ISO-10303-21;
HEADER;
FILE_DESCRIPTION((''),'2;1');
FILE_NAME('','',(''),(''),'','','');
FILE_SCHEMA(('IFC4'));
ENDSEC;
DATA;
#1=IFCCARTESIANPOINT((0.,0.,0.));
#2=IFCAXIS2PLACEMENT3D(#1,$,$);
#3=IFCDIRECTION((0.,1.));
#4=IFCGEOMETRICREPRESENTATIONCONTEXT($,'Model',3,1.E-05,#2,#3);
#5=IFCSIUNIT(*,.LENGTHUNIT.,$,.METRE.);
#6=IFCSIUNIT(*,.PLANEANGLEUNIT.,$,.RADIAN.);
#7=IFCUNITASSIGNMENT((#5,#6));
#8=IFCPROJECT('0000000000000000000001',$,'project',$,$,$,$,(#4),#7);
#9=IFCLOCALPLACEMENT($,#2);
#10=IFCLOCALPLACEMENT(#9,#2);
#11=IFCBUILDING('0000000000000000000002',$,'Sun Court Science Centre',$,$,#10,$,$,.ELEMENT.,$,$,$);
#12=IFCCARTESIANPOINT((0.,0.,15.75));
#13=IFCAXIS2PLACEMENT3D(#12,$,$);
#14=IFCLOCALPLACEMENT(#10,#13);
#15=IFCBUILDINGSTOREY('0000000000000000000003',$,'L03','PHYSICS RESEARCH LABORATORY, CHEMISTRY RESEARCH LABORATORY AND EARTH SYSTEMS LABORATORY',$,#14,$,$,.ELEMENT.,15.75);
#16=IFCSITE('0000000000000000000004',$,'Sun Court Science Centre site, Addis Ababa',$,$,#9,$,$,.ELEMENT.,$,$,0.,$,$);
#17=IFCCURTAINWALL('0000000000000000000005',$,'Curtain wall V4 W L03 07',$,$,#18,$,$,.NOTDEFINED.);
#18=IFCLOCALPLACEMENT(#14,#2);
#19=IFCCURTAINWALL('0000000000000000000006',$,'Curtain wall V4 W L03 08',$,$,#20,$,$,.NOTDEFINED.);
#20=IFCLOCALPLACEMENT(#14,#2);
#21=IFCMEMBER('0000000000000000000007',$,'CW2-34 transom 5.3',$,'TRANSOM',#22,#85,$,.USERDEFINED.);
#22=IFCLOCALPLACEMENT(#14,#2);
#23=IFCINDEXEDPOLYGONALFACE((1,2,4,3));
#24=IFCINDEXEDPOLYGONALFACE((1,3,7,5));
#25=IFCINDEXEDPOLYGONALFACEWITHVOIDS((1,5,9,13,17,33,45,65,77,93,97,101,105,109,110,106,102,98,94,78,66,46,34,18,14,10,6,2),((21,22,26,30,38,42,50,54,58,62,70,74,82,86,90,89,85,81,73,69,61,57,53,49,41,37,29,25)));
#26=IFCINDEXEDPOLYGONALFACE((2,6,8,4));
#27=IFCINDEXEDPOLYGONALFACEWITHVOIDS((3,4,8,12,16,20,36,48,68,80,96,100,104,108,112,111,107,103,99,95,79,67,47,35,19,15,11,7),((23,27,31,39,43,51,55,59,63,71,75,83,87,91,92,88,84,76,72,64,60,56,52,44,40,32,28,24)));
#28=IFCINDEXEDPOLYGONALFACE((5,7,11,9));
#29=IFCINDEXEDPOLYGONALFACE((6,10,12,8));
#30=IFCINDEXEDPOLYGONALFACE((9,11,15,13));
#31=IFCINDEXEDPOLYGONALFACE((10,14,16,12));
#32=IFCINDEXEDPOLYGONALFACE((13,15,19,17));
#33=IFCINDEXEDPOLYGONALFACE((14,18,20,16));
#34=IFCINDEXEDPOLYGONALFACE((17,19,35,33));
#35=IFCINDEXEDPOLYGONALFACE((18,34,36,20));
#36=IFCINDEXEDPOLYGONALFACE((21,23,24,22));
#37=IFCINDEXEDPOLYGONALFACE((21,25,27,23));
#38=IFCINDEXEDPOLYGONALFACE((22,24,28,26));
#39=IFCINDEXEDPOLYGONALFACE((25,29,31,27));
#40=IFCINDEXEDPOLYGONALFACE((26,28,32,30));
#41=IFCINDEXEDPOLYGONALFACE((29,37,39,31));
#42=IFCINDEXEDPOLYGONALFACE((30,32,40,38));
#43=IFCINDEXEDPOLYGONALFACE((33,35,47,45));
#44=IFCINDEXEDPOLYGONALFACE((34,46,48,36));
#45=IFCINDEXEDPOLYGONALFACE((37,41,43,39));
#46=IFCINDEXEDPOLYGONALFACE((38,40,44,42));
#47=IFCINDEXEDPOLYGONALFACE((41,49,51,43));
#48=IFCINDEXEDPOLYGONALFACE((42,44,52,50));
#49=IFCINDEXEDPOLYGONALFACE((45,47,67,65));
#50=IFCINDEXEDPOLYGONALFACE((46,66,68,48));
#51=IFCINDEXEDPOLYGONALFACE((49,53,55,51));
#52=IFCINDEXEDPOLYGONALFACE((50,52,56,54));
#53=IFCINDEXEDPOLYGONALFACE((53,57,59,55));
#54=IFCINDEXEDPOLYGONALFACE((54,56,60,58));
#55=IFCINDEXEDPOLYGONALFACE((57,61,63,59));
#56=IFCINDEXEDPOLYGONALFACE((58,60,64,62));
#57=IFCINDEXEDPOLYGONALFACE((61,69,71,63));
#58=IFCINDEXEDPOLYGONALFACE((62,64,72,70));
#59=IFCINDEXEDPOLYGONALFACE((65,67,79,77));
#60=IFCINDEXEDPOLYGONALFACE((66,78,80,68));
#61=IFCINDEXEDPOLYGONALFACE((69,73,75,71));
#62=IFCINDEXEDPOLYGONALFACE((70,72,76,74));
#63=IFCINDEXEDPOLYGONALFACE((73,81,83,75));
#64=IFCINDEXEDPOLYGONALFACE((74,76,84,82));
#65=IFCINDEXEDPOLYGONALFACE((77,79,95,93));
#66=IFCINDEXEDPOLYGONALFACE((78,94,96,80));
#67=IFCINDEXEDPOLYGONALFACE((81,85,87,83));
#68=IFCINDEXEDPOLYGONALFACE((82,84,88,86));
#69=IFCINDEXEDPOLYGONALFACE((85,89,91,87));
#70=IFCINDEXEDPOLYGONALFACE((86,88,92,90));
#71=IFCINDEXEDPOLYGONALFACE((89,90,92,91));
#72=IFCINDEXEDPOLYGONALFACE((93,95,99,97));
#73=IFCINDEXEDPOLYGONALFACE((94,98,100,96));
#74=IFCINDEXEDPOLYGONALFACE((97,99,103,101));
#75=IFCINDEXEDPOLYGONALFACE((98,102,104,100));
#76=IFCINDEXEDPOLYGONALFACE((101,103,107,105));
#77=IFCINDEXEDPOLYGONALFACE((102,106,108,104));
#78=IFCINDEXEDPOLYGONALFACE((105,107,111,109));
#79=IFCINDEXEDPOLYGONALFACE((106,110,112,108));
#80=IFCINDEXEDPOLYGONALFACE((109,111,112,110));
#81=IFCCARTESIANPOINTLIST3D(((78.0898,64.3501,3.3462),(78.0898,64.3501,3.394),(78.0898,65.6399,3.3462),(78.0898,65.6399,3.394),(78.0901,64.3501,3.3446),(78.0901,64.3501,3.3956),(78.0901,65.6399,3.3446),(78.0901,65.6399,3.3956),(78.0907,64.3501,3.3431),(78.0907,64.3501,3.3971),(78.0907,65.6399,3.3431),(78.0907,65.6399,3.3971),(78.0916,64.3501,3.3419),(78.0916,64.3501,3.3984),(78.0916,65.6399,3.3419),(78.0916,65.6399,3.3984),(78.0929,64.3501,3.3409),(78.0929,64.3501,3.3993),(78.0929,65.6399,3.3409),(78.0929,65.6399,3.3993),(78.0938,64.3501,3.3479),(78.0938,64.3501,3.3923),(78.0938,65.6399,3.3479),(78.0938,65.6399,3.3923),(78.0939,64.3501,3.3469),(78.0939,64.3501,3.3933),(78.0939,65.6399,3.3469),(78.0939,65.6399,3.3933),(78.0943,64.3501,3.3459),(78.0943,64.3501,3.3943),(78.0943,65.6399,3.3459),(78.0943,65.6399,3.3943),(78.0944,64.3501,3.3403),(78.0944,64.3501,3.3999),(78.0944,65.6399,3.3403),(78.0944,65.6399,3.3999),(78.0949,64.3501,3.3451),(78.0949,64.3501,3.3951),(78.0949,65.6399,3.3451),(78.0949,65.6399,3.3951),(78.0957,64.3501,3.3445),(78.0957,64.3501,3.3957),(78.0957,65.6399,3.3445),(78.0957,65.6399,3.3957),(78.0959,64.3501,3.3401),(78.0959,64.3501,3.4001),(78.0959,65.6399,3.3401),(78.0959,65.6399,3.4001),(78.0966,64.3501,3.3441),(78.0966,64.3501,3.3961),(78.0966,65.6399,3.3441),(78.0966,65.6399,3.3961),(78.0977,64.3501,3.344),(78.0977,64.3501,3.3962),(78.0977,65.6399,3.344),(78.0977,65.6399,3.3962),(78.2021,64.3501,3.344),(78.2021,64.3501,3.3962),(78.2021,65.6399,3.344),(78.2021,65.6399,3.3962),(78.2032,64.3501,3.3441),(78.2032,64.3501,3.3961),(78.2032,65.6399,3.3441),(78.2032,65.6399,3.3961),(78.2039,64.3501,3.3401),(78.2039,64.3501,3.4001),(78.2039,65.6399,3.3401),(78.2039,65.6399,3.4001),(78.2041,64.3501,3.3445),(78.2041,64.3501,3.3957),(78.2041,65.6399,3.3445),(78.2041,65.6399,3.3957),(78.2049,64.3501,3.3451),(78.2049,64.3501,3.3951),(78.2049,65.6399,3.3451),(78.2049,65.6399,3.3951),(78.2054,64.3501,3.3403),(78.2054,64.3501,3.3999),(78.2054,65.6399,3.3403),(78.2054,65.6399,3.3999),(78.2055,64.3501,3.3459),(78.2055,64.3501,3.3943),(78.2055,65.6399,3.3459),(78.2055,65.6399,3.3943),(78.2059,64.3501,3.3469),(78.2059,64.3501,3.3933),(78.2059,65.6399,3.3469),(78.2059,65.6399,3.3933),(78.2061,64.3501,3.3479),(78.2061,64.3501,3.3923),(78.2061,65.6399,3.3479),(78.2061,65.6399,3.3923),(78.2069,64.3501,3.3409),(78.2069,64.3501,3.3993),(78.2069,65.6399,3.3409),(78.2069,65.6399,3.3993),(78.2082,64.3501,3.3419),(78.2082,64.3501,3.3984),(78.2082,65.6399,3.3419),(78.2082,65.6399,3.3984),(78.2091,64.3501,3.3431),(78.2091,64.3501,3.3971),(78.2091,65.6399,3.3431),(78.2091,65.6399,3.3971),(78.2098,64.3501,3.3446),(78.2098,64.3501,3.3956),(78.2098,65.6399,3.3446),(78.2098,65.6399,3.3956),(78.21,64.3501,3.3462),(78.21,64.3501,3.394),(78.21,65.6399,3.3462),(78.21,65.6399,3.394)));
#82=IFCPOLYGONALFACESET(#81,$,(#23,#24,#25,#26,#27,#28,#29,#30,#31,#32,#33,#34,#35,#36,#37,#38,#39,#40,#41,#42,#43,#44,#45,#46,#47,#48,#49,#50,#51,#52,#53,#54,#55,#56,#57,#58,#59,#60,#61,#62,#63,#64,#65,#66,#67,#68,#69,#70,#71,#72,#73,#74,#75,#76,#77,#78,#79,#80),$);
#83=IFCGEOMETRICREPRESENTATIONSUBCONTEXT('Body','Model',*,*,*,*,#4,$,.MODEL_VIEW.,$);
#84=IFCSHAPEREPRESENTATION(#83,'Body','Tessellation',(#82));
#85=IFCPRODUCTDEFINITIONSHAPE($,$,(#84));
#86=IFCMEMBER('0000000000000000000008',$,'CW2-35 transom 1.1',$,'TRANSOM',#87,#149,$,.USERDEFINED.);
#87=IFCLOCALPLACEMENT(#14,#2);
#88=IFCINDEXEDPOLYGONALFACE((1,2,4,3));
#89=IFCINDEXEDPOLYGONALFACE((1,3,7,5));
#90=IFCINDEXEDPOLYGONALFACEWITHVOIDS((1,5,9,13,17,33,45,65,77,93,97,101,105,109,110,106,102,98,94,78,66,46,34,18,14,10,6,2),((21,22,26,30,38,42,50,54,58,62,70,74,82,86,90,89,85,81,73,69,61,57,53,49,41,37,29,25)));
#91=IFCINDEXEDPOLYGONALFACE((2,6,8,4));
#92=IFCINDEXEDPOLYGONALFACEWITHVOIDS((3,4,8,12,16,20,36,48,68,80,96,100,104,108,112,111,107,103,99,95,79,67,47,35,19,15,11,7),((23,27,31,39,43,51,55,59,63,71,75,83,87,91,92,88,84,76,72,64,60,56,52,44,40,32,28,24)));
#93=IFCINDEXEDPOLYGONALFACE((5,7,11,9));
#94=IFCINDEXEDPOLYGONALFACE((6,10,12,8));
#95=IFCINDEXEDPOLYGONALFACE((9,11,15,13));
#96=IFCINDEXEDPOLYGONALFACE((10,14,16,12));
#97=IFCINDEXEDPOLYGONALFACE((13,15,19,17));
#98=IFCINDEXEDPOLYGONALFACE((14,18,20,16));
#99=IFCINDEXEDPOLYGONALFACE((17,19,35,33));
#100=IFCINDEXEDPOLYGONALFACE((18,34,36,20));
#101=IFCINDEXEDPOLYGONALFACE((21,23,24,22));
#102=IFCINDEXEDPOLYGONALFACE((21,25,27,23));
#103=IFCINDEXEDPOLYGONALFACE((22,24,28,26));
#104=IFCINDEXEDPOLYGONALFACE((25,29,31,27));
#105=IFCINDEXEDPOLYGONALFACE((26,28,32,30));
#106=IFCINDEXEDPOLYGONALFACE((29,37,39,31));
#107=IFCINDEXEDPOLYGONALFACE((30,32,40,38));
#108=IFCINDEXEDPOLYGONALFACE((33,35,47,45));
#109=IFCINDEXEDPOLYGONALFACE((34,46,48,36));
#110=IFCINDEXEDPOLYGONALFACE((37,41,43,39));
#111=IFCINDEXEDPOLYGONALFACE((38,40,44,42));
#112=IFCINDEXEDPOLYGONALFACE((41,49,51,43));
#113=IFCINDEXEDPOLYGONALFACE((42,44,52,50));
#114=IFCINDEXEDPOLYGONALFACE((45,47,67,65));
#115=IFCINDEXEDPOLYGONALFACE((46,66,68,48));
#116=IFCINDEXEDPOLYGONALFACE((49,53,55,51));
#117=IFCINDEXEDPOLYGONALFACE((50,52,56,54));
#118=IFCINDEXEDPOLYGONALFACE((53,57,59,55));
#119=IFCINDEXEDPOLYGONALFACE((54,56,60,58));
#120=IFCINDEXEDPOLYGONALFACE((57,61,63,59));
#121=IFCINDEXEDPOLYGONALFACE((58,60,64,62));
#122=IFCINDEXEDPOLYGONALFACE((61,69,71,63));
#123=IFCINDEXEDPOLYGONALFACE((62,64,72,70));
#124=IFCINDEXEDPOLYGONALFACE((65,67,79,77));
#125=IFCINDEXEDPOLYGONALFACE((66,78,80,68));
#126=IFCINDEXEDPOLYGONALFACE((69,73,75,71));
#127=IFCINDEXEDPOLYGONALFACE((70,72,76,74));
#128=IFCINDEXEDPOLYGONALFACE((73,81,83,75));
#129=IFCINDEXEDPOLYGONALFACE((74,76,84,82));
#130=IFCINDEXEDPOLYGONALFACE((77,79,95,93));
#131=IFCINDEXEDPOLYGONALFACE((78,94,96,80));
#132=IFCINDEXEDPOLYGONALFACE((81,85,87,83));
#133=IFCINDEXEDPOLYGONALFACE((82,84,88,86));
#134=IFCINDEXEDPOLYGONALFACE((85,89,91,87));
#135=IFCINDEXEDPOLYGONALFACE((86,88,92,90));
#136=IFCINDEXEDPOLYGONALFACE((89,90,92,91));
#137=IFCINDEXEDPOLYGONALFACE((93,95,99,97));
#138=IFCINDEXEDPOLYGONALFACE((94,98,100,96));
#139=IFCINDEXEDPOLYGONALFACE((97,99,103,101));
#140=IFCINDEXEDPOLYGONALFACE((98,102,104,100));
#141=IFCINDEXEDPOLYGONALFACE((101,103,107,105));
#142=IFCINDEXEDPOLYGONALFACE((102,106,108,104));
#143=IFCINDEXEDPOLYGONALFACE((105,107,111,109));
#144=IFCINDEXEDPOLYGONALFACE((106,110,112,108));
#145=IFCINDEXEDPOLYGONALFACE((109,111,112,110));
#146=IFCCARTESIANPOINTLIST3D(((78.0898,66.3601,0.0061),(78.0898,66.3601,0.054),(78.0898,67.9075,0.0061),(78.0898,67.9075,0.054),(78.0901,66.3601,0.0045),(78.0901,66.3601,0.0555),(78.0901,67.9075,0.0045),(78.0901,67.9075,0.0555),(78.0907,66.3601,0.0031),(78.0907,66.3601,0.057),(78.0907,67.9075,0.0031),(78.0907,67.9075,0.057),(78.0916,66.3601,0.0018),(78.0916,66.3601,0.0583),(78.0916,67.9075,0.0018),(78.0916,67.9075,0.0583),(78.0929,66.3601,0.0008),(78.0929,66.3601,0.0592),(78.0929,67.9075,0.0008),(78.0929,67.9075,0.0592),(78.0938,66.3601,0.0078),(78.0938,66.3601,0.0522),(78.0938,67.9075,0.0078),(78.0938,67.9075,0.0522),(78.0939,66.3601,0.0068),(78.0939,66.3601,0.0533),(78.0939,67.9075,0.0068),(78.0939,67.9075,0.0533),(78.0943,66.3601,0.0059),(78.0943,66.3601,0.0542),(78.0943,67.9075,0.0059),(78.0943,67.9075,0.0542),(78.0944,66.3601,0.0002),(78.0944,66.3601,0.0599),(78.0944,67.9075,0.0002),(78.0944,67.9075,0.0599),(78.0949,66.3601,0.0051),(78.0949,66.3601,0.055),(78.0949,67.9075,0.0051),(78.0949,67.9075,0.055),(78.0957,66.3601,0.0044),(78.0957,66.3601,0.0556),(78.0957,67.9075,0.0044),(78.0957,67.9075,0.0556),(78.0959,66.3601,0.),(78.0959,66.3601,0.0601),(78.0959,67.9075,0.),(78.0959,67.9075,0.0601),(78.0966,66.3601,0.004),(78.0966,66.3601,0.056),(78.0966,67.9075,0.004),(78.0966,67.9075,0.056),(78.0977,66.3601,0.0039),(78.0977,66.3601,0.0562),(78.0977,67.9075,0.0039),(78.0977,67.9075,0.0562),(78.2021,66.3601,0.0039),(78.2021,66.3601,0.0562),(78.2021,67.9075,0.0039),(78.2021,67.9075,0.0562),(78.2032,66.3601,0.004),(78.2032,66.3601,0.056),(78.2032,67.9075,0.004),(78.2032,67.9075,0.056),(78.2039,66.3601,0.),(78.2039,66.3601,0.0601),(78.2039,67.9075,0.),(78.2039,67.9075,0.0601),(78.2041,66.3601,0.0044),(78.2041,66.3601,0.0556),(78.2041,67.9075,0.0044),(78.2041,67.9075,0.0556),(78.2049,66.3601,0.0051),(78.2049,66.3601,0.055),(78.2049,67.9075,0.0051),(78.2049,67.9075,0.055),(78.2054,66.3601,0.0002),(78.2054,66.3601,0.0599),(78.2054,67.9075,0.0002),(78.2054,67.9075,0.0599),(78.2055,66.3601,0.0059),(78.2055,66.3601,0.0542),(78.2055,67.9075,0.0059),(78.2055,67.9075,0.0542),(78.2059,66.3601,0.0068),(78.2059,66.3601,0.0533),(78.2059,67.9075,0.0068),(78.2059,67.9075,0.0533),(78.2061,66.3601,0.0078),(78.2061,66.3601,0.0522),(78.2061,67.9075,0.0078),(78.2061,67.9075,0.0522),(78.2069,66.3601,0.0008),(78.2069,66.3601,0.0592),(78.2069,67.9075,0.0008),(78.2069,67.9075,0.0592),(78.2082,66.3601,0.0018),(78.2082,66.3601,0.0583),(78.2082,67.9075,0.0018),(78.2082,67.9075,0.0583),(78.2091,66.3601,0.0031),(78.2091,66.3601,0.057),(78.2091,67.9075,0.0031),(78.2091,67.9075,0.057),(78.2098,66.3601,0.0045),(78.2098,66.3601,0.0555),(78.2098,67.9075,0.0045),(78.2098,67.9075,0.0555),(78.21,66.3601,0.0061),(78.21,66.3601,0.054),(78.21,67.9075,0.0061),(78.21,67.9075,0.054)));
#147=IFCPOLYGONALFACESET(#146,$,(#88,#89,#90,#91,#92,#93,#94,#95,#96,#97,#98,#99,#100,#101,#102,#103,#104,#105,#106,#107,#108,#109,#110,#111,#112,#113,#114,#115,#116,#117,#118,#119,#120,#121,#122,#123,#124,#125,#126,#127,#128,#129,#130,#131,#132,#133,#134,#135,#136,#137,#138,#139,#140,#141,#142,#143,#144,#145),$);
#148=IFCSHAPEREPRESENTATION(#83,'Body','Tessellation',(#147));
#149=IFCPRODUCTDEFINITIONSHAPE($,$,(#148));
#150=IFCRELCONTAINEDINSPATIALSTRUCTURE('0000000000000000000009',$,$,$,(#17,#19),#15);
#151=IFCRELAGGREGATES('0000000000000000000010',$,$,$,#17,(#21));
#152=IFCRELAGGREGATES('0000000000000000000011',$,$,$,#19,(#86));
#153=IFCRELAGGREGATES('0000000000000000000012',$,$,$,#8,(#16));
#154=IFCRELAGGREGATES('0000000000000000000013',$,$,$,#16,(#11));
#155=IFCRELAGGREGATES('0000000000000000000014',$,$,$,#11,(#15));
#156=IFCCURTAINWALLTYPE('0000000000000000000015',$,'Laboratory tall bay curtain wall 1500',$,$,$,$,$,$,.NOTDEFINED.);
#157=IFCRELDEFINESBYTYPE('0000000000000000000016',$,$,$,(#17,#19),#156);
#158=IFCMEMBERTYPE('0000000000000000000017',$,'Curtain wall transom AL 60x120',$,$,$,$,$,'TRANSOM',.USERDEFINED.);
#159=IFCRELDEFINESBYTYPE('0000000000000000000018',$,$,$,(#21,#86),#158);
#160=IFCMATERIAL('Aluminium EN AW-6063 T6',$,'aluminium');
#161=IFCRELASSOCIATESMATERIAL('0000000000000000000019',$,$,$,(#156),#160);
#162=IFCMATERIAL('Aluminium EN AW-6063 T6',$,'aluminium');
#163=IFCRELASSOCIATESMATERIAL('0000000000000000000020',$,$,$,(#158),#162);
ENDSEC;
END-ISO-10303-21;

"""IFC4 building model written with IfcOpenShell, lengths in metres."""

from ifc_helpers import new_model, si_unit, direction, frame, origin, origin_2d, place, context, subcontext, project, spatial, hollow_rectangle, extrude, material, material_profile, profile_set, type_object, element, aggregate, save


model = new_model("IFC4")

# Units and contexts
model_context = context("Model", 3, precision=1e-05, world=origin(), true_north=direction((0.0, 1.0)))
body_context = subcontext(model_context, "Body", "Model", "MODEL_VIEW")
ifc_project = project(units=[si_unit("LENGTHUNIT", "METRE"), si_unit("PLANEANGLEUNIT", "RADIAN")], contexts=[model_context])

# Site, building, storey
site_placement = place(None, origin())
site = spatial("IfcSite", under=ifc_project, at=site_placement, Name="Sun Court Science Centre site, Addis Ababa", CompositionType="ELEMENT", RefElevation=0.0)
building_placement = place(site_placement, origin())
building = spatial("IfcBuilding", under=site, at=building_placement, Name="Sun Court Science Centre", CompositionType="ELEMENT")
storey_placement = place(building_placement, frame((0.0, 0.0, 15.75)))
storey = spatial("IfcBuildingStorey", under=building, at=storey_placement, Name="L03", Description="PHYSICS RESEARCH LABORATORY, CHEMISTRY RESEARCH LABORATORY AND EARTH SYSTEMS LABORATORY", CompositionType="ELEMENT", Elevation=15.75)

# Curtain walls
ifc_material_1 = material(Name="Aluminium EN AW-6063 T6", Category="aluminium")
curtain_wall_type = type_object("IfcCurtainWallType", Name="Laboratory tall bay curtain wall 1500", PredefinedType="NOTDEFINED", material=ifc_material_1)
curtain_wall_1_placement = place(storey_placement, origin())
curtain_wall_1 = element("IfcCurtainWall", 1, at=curtain_wall_1_placement, inside=storey, type_object=curtain_wall_type, Name="Curtain wall V4 W L03 07", PredefinedType="NOTDEFINED")
curtain_wall_2_placement = place(storey_placement, origin())
curtain_wall_2 = element("IfcCurtainWall", 2, at=curtain_wall_2_placement, inside=storey, type_object=curtain_wall_type, Name="Curtain wall V4 W L03 08", PredefinedType="NOTDEFINED")

# Members
ifc_material_2 = material(Name="Aluminium EN AW-6063 T6", Category="aluminium")
ifc_material_profile_1 = material_profile(ifc_material_2, hollow_rectangle(XDim=0.0601, YDim=0.1201, WallThickness=0.0039, InnerFilletRadius=0.0039, OuterFilletRadius=0.0061, at=origin_2d()), Name="AL 60x120x4")
ifc_profile_set_1 = profile_set([ifc_material_profile_1], Name="Aluminium EN AW-6063 T6")
member_type_1 = type_object("IfcMemberType", Name="Curtain wall transom AL 60x120", ElementType="TRANSOM", PredefinedType="USERDEFINED", material=ifc_profile_set_1)
member_1_placement = place(storey_placement, frame((78.1499, 64.3501, 3.3701), z_axis=(0.0, 1.0, 0.0), x_axis=(0.0, 0.0, 1.0)))
member_1 = element("IfcMember", 3, at=member_1_placement, type_object=member_type_1, Name="CW2-34 transom 5.3", ObjectType="TRANSOM", PredefinedType="USERDEFINED", context=body_context, shape_type="SweptSolid", body=[
    extrude(hollow_rectangle(XDim=0.0601, YDim=0.1201, WallThickness=0.0039, InnerFilletRadius=0.0039, OuterFilletRadius=0.0061, at=origin_2d()), origin(), (0.0, 0.0, 1.0), 1.2898),
])
member_2_placement = place(storey_placement, frame((78.1499, 66.3601, 0.03), z_axis=(0.0, 1.0, 0.0), x_axis=(0.0, 0.0, 1.0)))
member_2 = element("IfcMember", 4, at=member_2_placement, type_object=member_type_1, Name="CW2-35 transom 1.1", ObjectType="TRANSOM", PredefinedType="USERDEFINED", context=body_context, shape_type="SweptSolid", body=[
    extrude(hollow_rectangle(XDim=0.0601, YDim=0.1201, WallThickness=0.0039, InnerFilletRadius=0.0039, OuterFilletRadius=0.0061, at=origin_2d()), origin(), (0.0, 0.0, 1.0), 1.5474),
])

aggregate(curtain_wall_1, [member_1])
aggregate(curtain_wall_2, [member_2])

save(model, "model.ifc")
